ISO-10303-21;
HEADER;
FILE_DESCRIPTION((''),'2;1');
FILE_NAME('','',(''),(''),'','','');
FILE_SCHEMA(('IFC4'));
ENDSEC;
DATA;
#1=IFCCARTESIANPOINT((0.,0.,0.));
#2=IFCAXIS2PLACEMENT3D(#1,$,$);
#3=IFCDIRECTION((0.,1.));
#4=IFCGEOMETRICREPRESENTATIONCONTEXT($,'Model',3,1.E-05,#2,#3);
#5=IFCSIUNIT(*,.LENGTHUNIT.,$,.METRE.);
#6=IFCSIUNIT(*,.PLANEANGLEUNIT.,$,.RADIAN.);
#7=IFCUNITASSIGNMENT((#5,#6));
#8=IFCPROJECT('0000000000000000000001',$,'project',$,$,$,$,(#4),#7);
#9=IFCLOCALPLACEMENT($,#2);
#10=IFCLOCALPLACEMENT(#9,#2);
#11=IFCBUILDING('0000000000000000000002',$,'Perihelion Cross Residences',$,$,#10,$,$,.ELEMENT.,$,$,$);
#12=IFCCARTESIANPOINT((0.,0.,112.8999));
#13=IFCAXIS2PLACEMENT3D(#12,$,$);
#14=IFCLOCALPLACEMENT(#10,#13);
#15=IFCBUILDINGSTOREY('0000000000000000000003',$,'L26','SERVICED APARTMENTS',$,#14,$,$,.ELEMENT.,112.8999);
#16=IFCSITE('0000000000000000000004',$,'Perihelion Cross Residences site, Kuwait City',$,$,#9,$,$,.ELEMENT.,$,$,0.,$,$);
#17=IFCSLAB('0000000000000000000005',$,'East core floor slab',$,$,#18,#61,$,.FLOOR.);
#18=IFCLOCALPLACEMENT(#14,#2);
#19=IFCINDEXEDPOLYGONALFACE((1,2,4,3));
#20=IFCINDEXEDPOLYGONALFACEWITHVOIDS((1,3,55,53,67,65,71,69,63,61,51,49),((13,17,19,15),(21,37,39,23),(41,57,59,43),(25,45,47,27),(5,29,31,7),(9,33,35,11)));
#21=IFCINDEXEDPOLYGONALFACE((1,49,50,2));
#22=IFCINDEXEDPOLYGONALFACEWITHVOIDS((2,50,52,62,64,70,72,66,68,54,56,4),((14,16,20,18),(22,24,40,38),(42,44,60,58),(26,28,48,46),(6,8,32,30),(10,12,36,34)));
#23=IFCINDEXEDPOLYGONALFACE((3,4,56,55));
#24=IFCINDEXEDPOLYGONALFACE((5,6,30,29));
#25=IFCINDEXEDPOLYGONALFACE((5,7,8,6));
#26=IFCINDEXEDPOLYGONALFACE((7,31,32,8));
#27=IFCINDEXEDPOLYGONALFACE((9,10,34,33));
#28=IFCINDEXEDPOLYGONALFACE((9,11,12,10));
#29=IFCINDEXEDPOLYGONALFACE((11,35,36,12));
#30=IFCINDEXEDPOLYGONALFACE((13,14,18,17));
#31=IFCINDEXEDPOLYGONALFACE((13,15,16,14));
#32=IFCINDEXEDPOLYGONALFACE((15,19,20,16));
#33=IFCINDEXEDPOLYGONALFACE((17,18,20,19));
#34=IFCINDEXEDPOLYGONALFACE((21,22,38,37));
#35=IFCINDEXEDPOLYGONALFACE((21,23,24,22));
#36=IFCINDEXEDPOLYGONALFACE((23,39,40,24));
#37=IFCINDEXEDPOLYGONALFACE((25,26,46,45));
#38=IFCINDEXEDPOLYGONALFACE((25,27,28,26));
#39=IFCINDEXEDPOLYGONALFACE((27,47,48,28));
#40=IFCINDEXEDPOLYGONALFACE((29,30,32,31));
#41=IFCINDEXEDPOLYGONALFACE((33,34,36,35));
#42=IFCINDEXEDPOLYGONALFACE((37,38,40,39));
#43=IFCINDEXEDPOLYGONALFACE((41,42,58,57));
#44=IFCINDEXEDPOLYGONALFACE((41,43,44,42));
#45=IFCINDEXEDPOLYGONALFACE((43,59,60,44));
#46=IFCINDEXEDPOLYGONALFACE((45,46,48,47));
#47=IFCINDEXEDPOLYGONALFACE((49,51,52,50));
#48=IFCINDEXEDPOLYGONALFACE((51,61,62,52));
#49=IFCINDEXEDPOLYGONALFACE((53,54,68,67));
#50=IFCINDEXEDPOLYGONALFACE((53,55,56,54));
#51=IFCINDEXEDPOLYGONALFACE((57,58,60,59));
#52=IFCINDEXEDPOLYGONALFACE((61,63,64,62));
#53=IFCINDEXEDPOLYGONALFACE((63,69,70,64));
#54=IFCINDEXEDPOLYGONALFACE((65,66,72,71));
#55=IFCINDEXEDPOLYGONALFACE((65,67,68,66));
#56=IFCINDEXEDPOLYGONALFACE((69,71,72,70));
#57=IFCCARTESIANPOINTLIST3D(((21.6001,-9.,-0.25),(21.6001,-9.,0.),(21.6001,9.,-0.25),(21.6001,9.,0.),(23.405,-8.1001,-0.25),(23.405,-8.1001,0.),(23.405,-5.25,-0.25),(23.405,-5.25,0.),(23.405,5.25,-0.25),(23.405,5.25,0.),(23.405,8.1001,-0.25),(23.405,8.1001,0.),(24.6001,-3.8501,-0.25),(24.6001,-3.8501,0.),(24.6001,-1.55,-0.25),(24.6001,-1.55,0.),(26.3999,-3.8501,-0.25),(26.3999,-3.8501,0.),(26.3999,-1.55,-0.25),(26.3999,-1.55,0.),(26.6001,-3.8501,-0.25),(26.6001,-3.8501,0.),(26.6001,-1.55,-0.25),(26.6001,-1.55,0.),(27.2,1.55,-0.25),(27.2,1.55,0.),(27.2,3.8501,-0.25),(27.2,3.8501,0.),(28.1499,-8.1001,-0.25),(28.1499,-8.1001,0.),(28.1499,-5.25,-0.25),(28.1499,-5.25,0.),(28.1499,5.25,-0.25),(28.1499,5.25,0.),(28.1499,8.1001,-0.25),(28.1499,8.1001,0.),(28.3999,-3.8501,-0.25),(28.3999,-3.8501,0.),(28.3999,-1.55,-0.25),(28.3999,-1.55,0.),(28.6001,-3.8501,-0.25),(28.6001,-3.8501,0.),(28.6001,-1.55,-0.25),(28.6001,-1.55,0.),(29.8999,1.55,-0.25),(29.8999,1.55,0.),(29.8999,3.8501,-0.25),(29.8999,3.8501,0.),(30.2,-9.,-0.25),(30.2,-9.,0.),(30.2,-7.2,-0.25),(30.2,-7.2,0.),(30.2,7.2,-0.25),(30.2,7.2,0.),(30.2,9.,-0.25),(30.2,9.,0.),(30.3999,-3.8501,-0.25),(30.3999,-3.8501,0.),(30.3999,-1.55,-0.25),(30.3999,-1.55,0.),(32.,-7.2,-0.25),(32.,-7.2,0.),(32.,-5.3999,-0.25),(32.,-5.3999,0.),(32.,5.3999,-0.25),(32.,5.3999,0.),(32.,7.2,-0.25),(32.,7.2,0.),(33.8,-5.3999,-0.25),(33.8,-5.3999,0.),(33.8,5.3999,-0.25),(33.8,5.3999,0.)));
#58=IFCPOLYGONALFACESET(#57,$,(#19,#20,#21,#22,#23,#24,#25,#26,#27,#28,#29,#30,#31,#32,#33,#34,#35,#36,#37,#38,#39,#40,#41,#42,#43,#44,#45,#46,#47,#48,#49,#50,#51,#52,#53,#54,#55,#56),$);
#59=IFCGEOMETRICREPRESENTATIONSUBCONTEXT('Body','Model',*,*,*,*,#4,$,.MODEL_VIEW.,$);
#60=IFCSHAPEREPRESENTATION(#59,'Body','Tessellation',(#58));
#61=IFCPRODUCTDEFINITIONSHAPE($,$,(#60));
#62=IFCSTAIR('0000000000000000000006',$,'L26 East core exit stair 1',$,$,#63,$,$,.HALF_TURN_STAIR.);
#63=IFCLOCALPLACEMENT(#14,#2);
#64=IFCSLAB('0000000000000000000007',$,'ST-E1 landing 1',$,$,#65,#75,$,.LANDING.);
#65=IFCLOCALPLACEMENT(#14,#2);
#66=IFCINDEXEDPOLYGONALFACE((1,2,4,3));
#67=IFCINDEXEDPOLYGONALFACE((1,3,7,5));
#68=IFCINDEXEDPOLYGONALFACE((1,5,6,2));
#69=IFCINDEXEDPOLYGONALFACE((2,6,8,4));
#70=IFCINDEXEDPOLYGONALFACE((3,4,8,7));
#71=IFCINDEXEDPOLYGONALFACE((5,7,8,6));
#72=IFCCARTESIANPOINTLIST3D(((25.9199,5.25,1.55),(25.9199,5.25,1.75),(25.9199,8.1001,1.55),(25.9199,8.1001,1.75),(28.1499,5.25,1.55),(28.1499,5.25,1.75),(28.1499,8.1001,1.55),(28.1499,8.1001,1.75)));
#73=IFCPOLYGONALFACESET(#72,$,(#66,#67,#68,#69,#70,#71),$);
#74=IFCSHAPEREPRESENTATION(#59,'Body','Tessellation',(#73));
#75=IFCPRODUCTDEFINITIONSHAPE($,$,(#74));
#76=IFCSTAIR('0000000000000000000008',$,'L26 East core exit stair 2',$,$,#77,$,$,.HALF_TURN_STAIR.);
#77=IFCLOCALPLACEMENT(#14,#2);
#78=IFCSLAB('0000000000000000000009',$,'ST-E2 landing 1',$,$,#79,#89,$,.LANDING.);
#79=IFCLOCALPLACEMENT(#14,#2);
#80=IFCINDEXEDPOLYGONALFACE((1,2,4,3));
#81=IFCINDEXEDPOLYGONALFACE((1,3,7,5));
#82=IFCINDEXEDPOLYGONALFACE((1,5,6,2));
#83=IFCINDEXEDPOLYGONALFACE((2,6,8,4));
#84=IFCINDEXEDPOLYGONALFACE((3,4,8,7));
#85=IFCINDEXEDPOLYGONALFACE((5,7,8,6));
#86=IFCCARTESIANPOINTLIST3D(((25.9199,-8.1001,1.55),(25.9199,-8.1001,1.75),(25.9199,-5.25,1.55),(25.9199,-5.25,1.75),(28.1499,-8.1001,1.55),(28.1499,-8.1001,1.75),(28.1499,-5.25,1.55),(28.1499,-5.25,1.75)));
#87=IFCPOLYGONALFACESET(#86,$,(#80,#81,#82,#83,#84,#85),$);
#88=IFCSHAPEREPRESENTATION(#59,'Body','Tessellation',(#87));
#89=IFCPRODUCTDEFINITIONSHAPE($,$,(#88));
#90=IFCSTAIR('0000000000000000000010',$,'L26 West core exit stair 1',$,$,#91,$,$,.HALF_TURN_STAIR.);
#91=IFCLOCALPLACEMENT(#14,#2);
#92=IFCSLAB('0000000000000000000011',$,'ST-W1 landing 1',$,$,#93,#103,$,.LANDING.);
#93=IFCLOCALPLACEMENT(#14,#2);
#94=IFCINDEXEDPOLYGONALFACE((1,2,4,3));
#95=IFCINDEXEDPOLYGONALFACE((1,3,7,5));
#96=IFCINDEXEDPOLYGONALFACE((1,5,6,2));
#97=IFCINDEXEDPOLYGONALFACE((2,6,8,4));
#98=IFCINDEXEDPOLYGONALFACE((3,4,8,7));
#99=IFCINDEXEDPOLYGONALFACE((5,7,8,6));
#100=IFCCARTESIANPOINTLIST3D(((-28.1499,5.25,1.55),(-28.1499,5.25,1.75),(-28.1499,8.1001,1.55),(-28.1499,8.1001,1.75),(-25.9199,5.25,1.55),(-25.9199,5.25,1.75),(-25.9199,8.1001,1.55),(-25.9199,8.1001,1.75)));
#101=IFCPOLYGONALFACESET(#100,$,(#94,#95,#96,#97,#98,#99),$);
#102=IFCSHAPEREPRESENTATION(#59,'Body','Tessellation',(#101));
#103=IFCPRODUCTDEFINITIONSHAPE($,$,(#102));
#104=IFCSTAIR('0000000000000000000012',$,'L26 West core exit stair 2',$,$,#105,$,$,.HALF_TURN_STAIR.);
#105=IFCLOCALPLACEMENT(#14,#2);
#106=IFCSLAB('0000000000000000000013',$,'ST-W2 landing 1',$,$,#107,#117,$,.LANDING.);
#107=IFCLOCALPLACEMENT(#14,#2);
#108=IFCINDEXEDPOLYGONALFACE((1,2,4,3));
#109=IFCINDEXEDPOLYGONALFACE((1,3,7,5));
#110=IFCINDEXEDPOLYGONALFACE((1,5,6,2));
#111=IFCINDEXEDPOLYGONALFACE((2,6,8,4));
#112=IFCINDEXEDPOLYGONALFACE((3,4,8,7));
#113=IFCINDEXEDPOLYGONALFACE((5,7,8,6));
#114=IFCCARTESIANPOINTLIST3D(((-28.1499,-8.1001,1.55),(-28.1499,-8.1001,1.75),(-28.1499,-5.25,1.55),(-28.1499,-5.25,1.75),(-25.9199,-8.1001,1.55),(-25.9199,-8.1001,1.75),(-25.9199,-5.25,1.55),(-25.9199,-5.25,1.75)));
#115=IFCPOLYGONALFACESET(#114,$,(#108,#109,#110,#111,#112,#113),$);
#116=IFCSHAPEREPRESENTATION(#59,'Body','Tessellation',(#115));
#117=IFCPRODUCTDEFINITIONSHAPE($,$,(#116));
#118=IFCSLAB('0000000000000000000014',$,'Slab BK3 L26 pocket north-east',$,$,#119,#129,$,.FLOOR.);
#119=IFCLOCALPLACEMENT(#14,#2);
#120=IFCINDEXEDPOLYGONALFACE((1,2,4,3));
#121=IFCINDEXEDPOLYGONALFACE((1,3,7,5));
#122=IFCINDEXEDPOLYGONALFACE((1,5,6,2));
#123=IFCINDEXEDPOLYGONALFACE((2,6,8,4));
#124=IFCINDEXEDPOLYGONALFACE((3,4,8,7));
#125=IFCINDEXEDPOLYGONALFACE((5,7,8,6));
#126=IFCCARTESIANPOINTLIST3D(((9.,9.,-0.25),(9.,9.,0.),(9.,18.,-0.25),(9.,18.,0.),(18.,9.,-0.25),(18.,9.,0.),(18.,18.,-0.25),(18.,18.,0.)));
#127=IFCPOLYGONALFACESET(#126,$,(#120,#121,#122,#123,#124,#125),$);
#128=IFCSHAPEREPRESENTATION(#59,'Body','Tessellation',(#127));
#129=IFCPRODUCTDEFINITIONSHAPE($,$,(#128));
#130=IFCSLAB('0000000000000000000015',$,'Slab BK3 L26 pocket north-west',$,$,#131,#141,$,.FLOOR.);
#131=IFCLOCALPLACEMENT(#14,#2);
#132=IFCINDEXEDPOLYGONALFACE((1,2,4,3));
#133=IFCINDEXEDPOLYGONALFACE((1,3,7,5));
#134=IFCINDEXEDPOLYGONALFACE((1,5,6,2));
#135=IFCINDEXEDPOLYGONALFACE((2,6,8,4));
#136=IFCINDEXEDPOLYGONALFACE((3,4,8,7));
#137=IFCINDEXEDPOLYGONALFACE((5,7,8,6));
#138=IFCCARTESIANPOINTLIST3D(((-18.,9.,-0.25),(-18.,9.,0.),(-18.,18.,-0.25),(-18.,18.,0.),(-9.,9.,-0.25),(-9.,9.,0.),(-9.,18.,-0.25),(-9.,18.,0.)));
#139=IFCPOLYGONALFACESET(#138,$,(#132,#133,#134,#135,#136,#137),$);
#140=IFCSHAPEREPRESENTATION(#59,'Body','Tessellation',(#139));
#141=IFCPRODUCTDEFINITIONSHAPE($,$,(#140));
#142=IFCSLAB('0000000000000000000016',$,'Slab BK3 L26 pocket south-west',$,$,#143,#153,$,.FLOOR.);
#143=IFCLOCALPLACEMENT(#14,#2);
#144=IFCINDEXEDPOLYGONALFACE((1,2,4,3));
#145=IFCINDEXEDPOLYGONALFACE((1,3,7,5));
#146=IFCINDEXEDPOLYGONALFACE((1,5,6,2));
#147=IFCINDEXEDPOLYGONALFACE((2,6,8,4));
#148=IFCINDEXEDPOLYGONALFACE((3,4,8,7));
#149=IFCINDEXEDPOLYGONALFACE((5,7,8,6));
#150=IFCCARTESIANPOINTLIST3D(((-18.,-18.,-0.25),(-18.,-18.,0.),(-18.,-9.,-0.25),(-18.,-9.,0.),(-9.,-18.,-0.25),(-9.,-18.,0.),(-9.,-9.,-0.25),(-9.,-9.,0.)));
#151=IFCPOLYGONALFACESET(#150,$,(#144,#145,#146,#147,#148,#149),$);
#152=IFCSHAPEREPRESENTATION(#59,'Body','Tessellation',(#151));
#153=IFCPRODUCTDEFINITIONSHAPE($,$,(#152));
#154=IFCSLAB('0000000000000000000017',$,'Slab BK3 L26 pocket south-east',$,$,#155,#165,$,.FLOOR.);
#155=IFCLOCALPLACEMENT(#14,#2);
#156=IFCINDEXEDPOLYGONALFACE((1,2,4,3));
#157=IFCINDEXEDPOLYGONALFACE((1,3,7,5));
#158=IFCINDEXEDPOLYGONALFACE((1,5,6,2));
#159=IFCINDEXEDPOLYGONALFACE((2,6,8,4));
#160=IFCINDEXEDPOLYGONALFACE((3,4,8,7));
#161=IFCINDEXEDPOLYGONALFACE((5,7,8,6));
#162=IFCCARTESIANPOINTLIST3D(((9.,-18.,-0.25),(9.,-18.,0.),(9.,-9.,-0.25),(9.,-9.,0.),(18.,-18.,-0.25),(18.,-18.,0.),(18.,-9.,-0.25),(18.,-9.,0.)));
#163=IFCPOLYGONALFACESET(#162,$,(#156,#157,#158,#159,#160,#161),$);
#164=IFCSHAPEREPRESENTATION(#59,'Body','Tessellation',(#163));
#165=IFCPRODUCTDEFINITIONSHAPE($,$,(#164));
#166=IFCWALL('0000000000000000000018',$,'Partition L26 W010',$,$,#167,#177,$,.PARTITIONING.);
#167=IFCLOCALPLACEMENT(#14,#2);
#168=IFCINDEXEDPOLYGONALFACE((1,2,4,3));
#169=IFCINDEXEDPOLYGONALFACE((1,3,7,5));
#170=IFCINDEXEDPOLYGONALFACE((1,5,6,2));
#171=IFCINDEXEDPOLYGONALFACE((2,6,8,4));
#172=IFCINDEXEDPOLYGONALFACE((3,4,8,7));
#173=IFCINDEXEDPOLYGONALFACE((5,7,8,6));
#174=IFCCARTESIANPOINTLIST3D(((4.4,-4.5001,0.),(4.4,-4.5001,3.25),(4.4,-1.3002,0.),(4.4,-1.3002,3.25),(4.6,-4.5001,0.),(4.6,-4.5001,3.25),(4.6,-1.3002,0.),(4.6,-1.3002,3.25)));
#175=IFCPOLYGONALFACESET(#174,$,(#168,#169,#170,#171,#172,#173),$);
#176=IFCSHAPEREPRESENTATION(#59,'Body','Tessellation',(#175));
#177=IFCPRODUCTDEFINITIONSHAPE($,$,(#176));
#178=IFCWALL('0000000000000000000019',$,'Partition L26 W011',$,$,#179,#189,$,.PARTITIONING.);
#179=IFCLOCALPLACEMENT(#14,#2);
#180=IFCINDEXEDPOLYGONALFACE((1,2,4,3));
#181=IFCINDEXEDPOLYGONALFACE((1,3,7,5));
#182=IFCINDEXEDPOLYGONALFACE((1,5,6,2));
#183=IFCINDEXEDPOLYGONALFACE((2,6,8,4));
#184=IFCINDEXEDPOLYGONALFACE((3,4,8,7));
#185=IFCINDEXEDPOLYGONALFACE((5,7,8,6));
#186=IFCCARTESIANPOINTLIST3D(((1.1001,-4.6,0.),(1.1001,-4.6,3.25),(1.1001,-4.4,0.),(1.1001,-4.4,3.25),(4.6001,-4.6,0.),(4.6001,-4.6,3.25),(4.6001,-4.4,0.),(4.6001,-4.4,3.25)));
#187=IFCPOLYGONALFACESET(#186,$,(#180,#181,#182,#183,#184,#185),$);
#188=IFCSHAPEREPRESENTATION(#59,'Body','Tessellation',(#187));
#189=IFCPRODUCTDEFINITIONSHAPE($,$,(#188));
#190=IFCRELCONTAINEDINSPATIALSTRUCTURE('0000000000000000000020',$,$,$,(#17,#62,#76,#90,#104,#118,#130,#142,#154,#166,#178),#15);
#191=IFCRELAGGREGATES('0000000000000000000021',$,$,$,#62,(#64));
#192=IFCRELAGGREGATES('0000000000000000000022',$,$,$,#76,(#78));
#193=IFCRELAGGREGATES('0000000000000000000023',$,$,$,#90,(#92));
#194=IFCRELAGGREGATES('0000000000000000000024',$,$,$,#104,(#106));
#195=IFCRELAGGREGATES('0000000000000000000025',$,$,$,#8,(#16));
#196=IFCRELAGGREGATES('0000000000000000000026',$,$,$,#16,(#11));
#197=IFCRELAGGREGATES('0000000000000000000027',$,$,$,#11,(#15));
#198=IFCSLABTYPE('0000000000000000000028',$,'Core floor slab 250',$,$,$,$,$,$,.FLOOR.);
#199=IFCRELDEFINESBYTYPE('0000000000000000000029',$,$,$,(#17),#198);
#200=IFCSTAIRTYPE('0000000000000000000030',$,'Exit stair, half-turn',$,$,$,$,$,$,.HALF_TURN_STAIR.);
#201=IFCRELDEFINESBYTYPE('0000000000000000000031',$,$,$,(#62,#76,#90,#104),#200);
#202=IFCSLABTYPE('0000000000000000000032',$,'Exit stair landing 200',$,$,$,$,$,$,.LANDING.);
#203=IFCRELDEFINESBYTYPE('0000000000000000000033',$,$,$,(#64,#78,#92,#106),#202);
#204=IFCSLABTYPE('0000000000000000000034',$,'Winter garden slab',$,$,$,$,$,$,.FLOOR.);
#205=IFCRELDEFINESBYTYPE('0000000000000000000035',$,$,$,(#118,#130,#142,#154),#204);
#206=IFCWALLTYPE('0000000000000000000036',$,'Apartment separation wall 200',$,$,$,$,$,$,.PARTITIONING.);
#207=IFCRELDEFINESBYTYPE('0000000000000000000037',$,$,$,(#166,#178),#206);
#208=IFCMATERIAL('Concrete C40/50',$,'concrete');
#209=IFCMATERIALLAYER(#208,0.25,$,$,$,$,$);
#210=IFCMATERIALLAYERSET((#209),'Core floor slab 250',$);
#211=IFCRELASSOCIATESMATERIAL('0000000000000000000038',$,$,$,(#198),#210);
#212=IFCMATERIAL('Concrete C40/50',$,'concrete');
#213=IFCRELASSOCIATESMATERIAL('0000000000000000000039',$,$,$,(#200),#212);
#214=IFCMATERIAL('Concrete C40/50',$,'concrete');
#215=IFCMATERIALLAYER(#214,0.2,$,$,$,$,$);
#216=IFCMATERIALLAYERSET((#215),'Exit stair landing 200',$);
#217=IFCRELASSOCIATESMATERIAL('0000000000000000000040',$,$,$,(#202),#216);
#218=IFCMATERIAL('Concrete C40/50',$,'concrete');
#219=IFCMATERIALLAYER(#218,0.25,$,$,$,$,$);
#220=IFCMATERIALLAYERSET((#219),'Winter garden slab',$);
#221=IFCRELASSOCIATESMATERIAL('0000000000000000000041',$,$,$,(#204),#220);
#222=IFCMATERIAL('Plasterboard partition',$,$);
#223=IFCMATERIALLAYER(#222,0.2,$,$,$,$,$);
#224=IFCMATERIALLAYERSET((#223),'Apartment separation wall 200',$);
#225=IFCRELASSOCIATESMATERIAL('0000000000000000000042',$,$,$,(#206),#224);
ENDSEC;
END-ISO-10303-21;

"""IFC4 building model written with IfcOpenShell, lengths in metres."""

from ifc_helpers import new_model, si_unit, direction, frame, frame_2d, origin, place, context, subcontext, project, spatial, polyline, rectangle, outline, extrude, material, layer, layer_set, type_object, element, aggregate, save


model = new_model("IFC4")

# Units and contexts
model_context = context("Model", 3, precision=1e-05, world=origin(), true_north=direction((0.0, 1.0)))
body_context = subcontext(model_context, "Body", "Model", "MODEL_VIEW")
ifc_project = project(units=[si_unit("LENGTHUNIT", "METRE"), si_unit("PLANEANGLEUNIT", "RADIAN")], contexts=[model_context])

# Site, building, storey
site_placement = place(None, origin())
site = spatial("IfcSite", under=ifc_project, at=site_placement, Name="Perihelion Cross Residences site, Kuwait City", CompositionType="ELEMENT", RefElevation=0.0)
building_placement = place(site_placement, origin())
building = spatial("IfcBuilding", under=site, at=building_placement, Name="Perihelion Cross Residences", CompositionType="ELEMENT")
storey_placement = place(building_placement, frame((0.0, 0.0, 112.8999)))
storey = spatial("IfcBuildingStorey", under=building, at=storey_placement, Name="L26", Description="SERVICED APARTMENTS", CompositionType="ELEMENT", Elevation=112.8999)

# Slab
ifc_material_1 = material(Name="Concrete C40/50", Category="concrete")
ifc_layer_1 = layer(ifc_material_1, 0.25)
ifc_layer_set_1 = layer_set([ifc_layer_1], Name="Core floor slab 250")
slab_type_1 = type_object("IfcSlabType", Name="Core floor slab 250", PredefinedType="FLOOR", material=ifc_layer_set_1)
slab_1_placement = place(storey_placement, frame((0.0, 0.0, -0.25)))
element("IfcSlab", 1, at=slab_1_placement, inside=storey, type_object=slab_type_1, Name="East core floor slab", PredefinedType="FLOOR", context=body_context, shape_type="SweptSolid", body=[
    extrude(outline(polyline([(30.2, 7.2), (32.0, 7.2), (32.0, 5.3999), (33.8, 5.3999), (33.8, -5.3999), (32.0, -5.3999), (32.0, -7.2), (30.2, -7.2), (30.2, -9.0), (21.6001, -9.0), (21.6001, 9.0), (30.2, 9.0), (30.2, 7.2)]), holes=[polyline([(28.1499, -8.1001), (28.1499, -5.25), (23.405, -5.25), (23.405, -8.1001), (28.1499, -8.1001)]), polyline([(24.6001, -1.55), (24.6001, -3.8501), (26.3999, -3.8501), (26.3999, -1.55), (24.6001, -1.55)]), polyline([(26.6001, -1.55), (26.6001, -3.8501), (28.3999, -3.8501), (28.3999, -1.55), (26.6001, -1.55)]), polyline([(28.6001, -3.8501), (30.3999, -3.8501), (30.3999, -1.55), (28.6001, -1.55), (28.6001, -3.8501)]), polyline([(27.2, 3.8501), (27.2, 1.55), (29.8999, 1.55), (29.8999, 3.8501), (27.2, 3.8501)]), polyline([(23.405, 5.25), (28.1499, 5.25), (28.1499, 8.1001), (23.405, 8.1001), (23.405, 5.25)])]), origin(), (0.0, 0.0, 1.0), 0.25),
])

# Stairs, slabs
ifc_material_2 = material(Name="Concrete C40/50", Category="concrete")
stair_type = type_object("IfcStairType", Name="Exit stair, half-turn", PredefinedType="HALF_TURN_STAIR", material=ifc_material_2)
stair_1_placement = place(storey_placement, origin())
stair_1 = element("IfcStair", 2, at=stair_1_placement, inside=storey, type_object=stair_type, Name="L26 East core exit stair 1", PredefinedType="HALF_TURN_STAIR")
ifc_material_3 = material(Name="Concrete C40/50", Category="concrete")
ifc_layer_2 = layer(ifc_material_3, 0.2)
ifc_layer_set_2 = layer_set([ifc_layer_2], Name="Exit stair landing 200")
slab_type_2 = type_object("IfcSlabType", Name="Exit stair landing 200", PredefinedType="LANDING", material=ifc_layer_set_2)
slab_2_placement = place(storey_placement, frame((0.0, 0.0, 1.55)))
slab_2 = element("IfcSlab", 3, at=slab_2_placement, type_object=slab_type_2, Name="ST-E1 landing 1", PredefinedType="LANDING", context=body_context, shape_type="SweptSolid", body=[
    extrude(outline(polyline([(25.9199, 5.25), (28.1499, 5.25), (28.1499, 8.1001), (25.9199, 8.1001), (25.9199, 5.25)])), origin(), (0.0, 0.0, 1.0), 0.2),
])
aggregate(stair_1, [slab_2])
stair_2_placement = place(storey_placement, origin())
stair_2 = element("IfcStair", 4, at=stair_2_placement, inside=storey, type_object=stair_type, Name="L26 East core exit stair 2", PredefinedType="HALF_TURN_STAIR")
slab_3_placement = place(storey_placement, frame((0.0, 0.0, 1.55)))
slab_3 = element("IfcSlab", 5, at=slab_3_placement, type_object=slab_type_2, Name="ST-E2 landing 1", PredefinedType="LANDING", context=body_context, shape_type="SweptSolid", body=[
    extrude(outline(polyline([(25.9199, -8.1001), (28.1499, -8.1001), (28.1499, -5.25), (25.9199, -5.25), (25.9199, -8.1001)])), origin(), (0.0, 0.0, 1.0), 0.2),
])
aggregate(stair_2, [slab_3])
stair_3_placement = place(storey_placement, origin())
stair_3 = element("IfcStair", 6, at=stair_3_placement, inside=storey, type_object=stair_type, Name="L26 West core exit stair 1", PredefinedType="HALF_TURN_STAIR")
slab_4_placement = place(storey_placement, frame((0.0, 0.0, 1.55)))
slab_4 = element("IfcSlab", 7, at=slab_4_placement, type_object=slab_type_2, Name="ST-W1 landing 1", PredefinedType="LANDING", context=body_context, shape_type="SweptSolid", body=[
    extrude(outline(polyline([(-25.9199, 8.1001), (-28.1499, 8.1001), (-28.1499, 5.25), (-25.9199, 5.25), (-25.9199, 8.1001)])), origin(), (0.0, 0.0, 1.0), 0.2),
])
aggregate(stair_3, [slab_4])
stair_4_placement = place(storey_placement, origin())
stair_4 = element("IfcStair", 8, at=stair_4_placement, inside=storey, type_object=stair_type, Name="L26 West core exit stair 2", PredefinedType="HALF_TURN_STAIR")
slab_5_placement = place(storey_placement, frame((0.0, 0.0, 1.55)))
slab_5 = element("IfcSlab", 9, at=slab_5_placement, type_object=slab_type_2, Name="ST-W2 landing 1", PredefinedType="LANDING", context=body_context, shape_type="SweptSolid", body=[
    extrude(outline(polyline([(-25.9199, -5.25), (-28.1499, -5.25), (-28.1499, -8.1001), (-25.9199, -8.1001), (-25.9199, -5.25)])), origin(), (0.0, 0.0, 1.0), 0.2),
])
aggregate(stair_4, [slab_5])

# Slabs
ifc_material_4 = material(Name="Concrete C40/50", Category="concrete")
ifc_layer_3 = layer(ifc_material_4, 0.25)
ifc_layer_set_3 = layer_set([ifc_layer_3], Name="Winter garden slab")
slab_type_3 = type_object("IfcSlabType", Name="Winter garden slab", PredefinedType="FLOOR", material=ifc_layer_set_3)
slab_6_placement = place(storey_placement, frame((0.0, 0.0, -0.25)))
element("IfcSlab", 10, at=slab_6_placement, inside=storey, type_object=slab_type_3, Name="Slab BK3 L26 pocket north-east", PredefinedType="FLOOR", context=body_context, shape_type="SweptSolid", body=[
    extrude(outline(polyline([(18.0, 9.0), (18.0, 18.0), (9.0, 18.0), (9.0, 9.0), (18.0, 9.0)])), origin(), (0.0, 0.0, 1.0), 0.25),
])
slab_7_placement = place(storey_placement, frame((0.0, 0.0, -0.25)))
element("IfcSlab", 11, at=slab_7_placement, inside=storey, type_object=slab_type_3, Name="Slab BK3 L26 pocket north-west", PredefinedType="FLOOR", context=body_context, shape_type="SweptSolid", body=[
    extrude(outline(polyline([(-9.0, 9.0), (-9.0, 18.0), (-18.0, 18.0), (-18.0, 9.0), (-9.0, 9.0)])), origin(), (0.0, 0.0, 1.0), 0.25),
])
slab_8_placement = place(storey_placement, frame((0.0, 0.0, -0.25)))
element("IfcSlab", 12, at=slab_8_placement, inside=storey, type_object=slab_type_3, Name="Slab BK3 L26 pocket south-west", PredefinedType="FLOOR", context=body_context, shape_type="SweptSolid", body=[
    extrude(outline(polyline([(-9.0, -18.0), (-9.0, -9.0), (-18.0, -9.0), (-18.0, -18.0), (-9.0, -18.0)])), origin(), (0.0, 0.0, 1.0), 0.25),
])
slab_9_placement = place(storey_placement, frame((0.0, 0.0, -0.25)))
element("IfcSlab", 13, at=slab_9_placement, inside=storey, type_object=slab_type_3, Name="Slab BK3 L26 pocket south-east", PredefinedType="FLOOR", context=body_context, shape_type="SweptSolid", body=[
    extrude(outline(polyline([(18.0, -18.0), (18.0, -9.0), (9.0, -9.0), (9.0, -18.0), (18.0, -18.0)])), origin(), (0.0, 0.0, 1.0), 0.25),
])

# Walls
ifc_material_5 = material(Name="Plasterboard partition")
ifc_layer_4 = layer(ifc_material_5, 0.2)
ifc_layer_set_4 = layer_set([ifc_layer_4], Name="Apartment separation wall 200")
wall_type_1 = type_object("IfcWallType", Name="Apartment separation wall 200", PredefinedType="PARTITIONING", material=ifc_layer_set_4)
wall_1_placement = place(storey_placement, frame((4.5, -1.3, 0.0), z_axis=(0.0, 0.0, 1.0), x_axis=(0.0, -1.0, 0.0)))
element("IfcWall", 14, at=wall_1_placement, inside=storey, type_object=wall_type_1, Name="Partition L26 W010", PredefinedType="PARTITIONING", context=body_context, shape_type="SweptSolid", body=[
    extrude(rectangle(XDim=3.2, YDim=0.2, at=frame_2d((1.6001, 0.0))), origin(), (0.0, 0.0, 1.0), 3.25),
])
wall_2_placement = place(storey_placement, frame((4.6001, -4.5, 0.0), z_axis=(0.0, 0.0, 1.0), x_axis=(-1.0, 0.0, 0.0)))
element("IfcWall", 15, at=wall_2_placement, inside=storey, type_object=wall_type_1, Name="Partition L26 W011", PredefinedType="PARTITIONING", context=body_context, shape_type="SweptSolid", body=[
    extrude(rectangle(XDim=3.5, YDim=0.2, at=frame_2d((1.75, 0.0))), origin(), (0.0, 0.0, 1.0), 3.25),
])

save(model, "model.ifc")
